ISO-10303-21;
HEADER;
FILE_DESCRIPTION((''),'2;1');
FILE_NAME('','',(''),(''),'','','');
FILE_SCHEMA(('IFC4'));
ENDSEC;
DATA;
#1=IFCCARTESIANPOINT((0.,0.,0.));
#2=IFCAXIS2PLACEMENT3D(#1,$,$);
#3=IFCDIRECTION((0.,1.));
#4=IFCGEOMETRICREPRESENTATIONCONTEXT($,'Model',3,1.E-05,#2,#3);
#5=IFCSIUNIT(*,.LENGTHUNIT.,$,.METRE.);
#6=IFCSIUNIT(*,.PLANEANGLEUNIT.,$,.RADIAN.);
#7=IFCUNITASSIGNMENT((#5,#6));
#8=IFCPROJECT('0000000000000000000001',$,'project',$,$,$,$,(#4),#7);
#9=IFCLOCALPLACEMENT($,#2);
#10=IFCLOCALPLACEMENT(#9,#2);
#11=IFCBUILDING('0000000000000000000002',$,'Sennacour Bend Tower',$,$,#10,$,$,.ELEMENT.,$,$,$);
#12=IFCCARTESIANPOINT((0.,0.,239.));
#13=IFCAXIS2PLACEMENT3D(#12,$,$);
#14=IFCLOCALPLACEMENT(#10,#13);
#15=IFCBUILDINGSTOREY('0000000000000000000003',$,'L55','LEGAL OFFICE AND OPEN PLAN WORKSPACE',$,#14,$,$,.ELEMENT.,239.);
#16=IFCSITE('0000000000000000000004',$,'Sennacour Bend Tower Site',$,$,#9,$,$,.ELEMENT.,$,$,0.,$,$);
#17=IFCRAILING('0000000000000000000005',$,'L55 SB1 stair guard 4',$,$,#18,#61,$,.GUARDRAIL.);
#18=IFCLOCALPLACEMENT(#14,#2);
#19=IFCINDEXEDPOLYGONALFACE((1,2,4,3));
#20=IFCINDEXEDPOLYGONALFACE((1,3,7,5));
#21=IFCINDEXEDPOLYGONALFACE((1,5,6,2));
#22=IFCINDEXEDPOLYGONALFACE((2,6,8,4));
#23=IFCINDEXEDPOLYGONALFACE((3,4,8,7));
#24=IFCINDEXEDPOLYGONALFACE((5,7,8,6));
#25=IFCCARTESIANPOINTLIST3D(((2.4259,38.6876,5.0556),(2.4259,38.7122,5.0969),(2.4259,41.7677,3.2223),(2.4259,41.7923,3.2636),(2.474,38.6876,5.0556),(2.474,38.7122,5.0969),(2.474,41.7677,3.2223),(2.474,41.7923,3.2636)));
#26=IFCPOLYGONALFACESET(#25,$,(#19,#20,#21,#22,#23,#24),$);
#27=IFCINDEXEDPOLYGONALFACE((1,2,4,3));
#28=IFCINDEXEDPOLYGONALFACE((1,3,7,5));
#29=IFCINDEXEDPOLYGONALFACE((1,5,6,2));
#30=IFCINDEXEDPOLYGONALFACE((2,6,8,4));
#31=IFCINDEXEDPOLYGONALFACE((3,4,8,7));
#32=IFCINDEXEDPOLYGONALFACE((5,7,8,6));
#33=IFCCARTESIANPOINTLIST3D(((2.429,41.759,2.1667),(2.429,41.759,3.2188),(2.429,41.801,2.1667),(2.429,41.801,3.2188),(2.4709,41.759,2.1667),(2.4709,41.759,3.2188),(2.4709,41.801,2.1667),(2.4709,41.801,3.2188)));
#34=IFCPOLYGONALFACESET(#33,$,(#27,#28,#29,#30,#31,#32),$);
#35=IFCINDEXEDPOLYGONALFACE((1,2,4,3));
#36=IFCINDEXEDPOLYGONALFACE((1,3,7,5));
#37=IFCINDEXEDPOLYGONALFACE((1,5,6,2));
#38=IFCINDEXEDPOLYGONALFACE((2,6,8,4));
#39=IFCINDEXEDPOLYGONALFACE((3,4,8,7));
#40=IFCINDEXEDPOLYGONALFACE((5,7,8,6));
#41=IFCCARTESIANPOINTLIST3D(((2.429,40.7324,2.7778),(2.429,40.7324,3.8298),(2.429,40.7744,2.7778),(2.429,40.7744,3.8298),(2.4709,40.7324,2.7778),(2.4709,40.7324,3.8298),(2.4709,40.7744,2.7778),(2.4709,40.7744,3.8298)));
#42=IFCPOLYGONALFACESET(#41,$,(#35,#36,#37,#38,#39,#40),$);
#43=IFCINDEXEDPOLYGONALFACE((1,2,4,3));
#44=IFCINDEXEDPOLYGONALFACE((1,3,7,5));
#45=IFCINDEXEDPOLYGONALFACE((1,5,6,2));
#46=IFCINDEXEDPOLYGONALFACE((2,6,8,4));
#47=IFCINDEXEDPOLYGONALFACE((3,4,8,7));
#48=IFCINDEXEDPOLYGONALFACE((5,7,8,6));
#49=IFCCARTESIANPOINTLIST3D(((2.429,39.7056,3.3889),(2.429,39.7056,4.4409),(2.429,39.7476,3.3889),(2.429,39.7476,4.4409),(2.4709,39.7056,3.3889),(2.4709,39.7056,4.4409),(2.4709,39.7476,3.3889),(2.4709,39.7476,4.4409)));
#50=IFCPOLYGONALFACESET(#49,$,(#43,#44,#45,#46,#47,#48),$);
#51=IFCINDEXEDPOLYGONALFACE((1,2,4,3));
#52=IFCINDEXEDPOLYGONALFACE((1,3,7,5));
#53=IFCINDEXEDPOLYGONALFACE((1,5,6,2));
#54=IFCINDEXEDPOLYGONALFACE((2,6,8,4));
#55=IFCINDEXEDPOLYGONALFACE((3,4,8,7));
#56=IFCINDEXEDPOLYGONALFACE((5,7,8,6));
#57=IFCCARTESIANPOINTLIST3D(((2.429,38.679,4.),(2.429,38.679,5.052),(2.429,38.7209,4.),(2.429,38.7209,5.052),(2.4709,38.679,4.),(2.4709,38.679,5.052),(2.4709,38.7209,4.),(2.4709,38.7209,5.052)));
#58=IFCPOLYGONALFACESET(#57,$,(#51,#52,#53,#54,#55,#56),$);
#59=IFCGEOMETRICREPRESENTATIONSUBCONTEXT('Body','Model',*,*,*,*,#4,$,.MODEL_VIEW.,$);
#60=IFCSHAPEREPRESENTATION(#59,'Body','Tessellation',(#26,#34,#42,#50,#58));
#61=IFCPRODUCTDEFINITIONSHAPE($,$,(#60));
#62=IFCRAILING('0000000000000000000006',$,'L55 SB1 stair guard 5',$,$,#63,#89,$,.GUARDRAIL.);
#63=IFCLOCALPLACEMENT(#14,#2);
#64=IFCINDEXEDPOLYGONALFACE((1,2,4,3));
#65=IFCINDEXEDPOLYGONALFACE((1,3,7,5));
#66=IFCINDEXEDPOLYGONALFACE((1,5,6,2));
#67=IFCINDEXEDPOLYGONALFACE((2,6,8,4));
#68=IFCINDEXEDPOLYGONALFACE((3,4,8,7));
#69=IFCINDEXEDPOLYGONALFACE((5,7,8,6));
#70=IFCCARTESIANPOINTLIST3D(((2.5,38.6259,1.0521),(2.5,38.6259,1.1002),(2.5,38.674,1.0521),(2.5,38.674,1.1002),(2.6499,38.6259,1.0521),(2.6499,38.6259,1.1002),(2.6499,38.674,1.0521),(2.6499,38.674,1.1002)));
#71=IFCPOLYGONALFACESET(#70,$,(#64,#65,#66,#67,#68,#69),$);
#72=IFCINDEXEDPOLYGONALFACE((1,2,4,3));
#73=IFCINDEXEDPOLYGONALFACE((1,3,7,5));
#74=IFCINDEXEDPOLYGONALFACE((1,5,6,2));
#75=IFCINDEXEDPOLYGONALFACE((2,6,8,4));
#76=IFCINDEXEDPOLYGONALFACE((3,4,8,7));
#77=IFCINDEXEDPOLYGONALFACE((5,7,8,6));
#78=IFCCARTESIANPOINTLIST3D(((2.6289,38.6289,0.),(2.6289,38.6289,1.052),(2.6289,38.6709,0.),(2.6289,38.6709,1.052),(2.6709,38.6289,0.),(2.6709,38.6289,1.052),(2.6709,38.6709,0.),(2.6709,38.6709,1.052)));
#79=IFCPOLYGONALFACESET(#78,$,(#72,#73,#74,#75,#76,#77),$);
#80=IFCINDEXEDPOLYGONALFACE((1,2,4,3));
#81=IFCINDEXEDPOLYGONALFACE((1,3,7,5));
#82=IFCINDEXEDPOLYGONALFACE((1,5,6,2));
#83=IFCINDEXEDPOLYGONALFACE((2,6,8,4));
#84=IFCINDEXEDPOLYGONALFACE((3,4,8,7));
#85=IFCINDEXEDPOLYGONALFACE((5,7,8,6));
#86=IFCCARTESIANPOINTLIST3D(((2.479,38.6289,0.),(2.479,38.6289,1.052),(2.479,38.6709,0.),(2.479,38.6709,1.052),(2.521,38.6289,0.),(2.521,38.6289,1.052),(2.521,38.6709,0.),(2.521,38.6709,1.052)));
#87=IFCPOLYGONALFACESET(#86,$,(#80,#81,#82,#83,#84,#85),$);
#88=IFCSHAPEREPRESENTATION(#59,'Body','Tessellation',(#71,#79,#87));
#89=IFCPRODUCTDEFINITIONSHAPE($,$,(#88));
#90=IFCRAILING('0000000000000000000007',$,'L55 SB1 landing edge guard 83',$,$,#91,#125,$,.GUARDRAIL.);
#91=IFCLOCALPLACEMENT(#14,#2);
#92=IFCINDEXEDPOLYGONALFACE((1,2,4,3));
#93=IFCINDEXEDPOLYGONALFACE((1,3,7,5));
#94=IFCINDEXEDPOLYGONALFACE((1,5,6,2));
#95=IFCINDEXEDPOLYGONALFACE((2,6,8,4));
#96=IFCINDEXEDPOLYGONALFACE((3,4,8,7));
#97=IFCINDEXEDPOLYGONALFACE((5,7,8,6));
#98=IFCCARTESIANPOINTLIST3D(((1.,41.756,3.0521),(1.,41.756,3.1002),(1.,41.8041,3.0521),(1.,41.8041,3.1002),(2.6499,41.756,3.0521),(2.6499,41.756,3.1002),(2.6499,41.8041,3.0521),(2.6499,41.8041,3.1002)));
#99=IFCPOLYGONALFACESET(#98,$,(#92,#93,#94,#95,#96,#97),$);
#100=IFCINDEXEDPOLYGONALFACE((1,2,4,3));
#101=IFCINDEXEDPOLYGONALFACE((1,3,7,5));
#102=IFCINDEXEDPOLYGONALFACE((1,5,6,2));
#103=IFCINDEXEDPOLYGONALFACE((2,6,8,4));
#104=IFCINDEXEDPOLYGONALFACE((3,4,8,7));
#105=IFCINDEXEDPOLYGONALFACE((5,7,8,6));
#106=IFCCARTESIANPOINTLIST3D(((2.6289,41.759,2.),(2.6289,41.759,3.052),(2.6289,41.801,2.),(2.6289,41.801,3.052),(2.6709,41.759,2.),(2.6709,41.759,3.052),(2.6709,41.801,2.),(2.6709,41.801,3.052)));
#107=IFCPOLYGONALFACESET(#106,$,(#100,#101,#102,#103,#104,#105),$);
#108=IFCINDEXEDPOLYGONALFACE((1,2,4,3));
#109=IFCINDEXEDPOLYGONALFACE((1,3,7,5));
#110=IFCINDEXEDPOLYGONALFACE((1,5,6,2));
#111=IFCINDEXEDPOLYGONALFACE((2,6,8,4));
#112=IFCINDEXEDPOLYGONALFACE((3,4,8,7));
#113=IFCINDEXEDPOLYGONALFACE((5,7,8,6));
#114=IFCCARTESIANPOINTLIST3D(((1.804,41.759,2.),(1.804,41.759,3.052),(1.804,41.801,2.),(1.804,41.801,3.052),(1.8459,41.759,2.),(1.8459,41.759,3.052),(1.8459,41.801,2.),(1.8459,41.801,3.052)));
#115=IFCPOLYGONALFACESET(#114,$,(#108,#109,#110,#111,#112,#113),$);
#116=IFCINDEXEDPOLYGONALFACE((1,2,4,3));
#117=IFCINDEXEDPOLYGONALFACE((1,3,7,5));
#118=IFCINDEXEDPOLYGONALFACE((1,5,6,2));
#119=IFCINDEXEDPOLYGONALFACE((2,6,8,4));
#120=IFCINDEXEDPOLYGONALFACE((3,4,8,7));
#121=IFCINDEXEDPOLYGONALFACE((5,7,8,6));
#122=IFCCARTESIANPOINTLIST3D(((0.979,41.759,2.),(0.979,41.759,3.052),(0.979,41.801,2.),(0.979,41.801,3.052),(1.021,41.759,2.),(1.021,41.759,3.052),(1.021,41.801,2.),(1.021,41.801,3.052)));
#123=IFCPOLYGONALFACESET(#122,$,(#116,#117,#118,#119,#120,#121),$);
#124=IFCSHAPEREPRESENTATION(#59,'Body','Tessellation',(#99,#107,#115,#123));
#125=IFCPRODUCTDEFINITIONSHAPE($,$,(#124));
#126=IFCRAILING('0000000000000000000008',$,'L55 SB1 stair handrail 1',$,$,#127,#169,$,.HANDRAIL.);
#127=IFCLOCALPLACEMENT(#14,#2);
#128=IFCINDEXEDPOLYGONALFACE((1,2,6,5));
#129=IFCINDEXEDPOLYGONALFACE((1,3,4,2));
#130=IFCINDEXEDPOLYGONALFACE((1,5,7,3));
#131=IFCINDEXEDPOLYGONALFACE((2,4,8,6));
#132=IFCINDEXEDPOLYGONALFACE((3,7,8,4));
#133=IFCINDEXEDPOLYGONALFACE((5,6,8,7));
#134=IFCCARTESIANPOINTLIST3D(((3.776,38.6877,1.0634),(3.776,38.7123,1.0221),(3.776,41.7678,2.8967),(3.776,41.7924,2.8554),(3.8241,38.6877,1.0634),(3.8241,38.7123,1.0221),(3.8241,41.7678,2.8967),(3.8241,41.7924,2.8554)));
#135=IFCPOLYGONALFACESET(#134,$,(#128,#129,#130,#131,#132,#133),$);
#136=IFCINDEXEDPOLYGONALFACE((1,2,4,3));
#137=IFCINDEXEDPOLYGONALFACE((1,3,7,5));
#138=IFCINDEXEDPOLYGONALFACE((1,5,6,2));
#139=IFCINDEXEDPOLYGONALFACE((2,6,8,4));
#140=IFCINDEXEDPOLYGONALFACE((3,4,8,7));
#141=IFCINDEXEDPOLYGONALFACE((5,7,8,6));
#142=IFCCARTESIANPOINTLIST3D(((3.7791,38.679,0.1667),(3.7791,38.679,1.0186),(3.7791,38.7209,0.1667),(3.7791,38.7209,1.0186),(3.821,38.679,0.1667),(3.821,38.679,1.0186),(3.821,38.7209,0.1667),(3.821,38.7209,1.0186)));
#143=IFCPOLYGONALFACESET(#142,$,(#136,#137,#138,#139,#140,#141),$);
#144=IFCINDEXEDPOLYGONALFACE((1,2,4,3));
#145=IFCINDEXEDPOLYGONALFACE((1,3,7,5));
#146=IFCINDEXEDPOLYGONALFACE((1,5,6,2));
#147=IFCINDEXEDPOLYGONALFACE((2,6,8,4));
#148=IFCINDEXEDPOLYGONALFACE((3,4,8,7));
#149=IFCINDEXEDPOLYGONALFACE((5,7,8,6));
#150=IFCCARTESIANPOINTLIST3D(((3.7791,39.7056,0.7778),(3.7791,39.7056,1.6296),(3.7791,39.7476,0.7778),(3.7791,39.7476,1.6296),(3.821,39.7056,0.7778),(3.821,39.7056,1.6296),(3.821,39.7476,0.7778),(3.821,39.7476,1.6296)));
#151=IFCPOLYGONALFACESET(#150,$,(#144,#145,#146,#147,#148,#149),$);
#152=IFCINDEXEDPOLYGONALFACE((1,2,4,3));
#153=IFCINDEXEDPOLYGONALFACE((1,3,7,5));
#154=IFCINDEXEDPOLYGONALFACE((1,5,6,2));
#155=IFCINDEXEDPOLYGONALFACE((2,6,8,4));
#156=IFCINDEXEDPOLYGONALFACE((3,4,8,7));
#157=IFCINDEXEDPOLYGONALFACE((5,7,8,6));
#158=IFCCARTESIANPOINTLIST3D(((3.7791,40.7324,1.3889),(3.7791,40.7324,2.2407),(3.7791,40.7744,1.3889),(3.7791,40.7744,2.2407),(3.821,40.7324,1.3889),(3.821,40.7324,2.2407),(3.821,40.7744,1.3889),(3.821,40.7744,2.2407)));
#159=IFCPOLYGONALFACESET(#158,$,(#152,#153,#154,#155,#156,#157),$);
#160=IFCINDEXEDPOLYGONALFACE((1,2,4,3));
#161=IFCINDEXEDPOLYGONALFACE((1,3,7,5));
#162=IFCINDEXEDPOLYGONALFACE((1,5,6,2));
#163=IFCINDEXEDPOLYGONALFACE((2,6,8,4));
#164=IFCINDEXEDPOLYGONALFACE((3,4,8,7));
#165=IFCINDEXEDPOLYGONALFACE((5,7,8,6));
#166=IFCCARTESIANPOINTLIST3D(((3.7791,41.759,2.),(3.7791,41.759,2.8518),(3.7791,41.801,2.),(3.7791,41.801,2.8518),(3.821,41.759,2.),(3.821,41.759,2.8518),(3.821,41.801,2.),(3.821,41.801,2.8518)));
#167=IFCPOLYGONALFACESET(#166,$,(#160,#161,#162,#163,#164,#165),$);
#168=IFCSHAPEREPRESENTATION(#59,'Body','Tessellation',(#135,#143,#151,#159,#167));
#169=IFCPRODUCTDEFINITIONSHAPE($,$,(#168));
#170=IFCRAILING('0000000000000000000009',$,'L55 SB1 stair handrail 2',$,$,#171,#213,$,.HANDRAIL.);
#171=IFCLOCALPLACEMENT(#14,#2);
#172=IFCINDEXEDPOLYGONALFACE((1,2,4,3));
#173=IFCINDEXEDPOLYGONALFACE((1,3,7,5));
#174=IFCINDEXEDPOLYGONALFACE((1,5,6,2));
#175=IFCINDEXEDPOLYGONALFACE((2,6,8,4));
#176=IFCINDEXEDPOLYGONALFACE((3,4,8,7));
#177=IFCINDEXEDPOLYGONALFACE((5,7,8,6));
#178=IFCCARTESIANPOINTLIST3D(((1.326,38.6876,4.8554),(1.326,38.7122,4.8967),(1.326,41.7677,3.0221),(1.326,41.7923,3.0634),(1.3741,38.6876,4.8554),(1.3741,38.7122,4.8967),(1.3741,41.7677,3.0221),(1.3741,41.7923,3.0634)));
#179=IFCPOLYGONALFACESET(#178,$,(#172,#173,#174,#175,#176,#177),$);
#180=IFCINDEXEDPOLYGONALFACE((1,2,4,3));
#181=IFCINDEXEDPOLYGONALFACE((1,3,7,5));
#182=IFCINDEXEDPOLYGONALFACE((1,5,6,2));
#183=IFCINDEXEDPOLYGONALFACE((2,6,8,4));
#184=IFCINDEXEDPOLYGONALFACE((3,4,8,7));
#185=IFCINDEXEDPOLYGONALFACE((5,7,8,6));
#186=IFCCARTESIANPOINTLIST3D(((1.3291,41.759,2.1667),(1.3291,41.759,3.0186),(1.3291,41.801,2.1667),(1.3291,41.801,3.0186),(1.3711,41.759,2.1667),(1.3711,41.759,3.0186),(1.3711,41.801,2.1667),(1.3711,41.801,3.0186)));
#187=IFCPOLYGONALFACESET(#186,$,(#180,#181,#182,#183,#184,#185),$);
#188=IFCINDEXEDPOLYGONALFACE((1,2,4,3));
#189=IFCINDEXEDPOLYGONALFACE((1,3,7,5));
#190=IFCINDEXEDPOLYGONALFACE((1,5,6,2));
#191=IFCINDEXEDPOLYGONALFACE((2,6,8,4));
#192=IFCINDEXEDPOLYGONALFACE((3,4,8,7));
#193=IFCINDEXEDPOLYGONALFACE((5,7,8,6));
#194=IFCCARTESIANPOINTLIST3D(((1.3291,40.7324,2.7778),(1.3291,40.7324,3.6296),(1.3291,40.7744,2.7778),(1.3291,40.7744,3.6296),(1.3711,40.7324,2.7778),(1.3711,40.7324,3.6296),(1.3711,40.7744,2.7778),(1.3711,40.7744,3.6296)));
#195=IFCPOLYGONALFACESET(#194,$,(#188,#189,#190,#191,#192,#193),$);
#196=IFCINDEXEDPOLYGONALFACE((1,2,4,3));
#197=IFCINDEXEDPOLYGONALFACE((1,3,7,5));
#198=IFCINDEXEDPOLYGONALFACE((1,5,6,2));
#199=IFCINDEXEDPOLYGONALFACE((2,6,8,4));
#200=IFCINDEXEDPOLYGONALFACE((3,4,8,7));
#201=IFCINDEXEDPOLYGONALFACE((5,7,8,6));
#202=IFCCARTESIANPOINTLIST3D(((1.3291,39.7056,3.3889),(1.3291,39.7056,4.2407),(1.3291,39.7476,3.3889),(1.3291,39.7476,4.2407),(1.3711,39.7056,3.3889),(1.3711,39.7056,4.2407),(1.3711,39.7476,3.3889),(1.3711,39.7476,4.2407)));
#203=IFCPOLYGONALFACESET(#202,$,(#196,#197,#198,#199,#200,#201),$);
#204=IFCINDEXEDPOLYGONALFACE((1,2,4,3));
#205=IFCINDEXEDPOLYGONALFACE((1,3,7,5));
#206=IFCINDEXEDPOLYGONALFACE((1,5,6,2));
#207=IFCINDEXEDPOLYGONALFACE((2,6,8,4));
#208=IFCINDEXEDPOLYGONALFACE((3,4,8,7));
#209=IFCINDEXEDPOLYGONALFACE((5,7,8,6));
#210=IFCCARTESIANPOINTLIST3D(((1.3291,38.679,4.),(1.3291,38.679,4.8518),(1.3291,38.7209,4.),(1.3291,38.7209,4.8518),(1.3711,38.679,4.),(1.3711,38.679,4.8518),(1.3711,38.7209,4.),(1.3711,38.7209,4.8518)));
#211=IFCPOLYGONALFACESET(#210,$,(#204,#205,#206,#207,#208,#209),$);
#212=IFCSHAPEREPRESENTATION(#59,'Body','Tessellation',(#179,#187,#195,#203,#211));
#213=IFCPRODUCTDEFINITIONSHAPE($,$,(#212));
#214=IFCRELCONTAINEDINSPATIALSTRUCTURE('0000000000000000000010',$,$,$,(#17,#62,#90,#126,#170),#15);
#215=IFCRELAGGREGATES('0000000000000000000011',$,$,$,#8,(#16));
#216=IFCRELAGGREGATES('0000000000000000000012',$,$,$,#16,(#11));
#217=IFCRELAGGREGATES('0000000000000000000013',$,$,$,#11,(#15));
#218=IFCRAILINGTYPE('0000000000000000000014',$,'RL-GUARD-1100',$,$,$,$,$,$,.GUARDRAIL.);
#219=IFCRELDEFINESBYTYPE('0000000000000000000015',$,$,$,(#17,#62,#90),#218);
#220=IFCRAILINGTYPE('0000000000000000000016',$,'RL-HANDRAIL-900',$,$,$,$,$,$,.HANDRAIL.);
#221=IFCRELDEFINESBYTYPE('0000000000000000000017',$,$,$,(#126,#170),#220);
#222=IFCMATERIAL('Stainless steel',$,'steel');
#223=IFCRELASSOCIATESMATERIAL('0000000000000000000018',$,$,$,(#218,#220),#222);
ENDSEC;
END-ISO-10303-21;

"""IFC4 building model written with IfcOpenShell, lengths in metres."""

from ifc_helpers import new_model, si_unit, direction, frame, origin, origin_2d, place, context, subcontext, project, spatial, rectangle, extrude, material, type_object, element, save


model = new_model("IFC4")

# Units and contexts
model_context = context("Model", 3, precision=1e-05, world=origin(), true_north=direction((0.0, 1.0)))
body_context = subcontext(model_context, "Body", "Model", "MODEL_VIEW")
ifc_project = project(units=[si_unit("LENGTHUNIT", "METRE"), si_unit("PLANEANGLEUNIT", "RADIAN")], contexts=[model_context])

# Site, building, storey
site_placement = place(None, origin())
site = spatial("IfcSite", under=ifc_project, at=site_placement, Name="Sennacour Bend Tower Site", CompositionType="ELEMENT", RefElevation=0.0)
building_placement = place(site_placement, origin())
building = spatial("IfcBuilding", under=site, at=building_placement, Name="Sennacour Bend Tower", CompositionType="ELEMENT")
storey_placement = place(building_placement, frame((0.0, 0.0, 239.0)))
storey = spatial("IfcBuildingStorey", under=building, at=storey_placement, Name="L55", Description="LEGAL OFFICE AND OPEN PLAN WORKSPACE", CompositionType="ELEMENT", Elevation=239.0)

# Shared definitions
ifc_material_1 = material(Name="Stainless steel", Category="steel")

# Railings
railing_type_1 = type_object("IfcRailingType", Name="RL-GUARD-1100", PredefinedType="GUARDRAIL", material=ifc_material_1)
railing_1_placement = place(storey_placement, frame((2.45, 41.78, 2.1667)))
element("IfcRailing", 1, at=railing_1_placement, inside=storey, type_object=railing_type_1, Name="L55 SB1 stair guard 4", PredefinedType="GUARDRAIL", context=body_context, shape_type="SweptSolid", body=[
    extrude(rectangle(XDim=0.0481, YDim=0.0481, at=origin_2d()), frame((0.0, 0.0, 1.0762), z_axis=(0.0, -0.859309, 0.511458), x_axis=(1.0, 0.0, 0.0)), (0.0, 0.0, 1.0), 3.5845),
    extrude(rectangle(XDim=0.042, YDim=0.042, at=origin_2d()), origin(), (0.0, 0.0, 1.0), 1.052),
    extrude(rectangle(XDim=0.042, YDim=0.042, at=origin_2d()), frame((0.0, -1.0266, 0.6111)), (0.0, 0.0, 1.0), 1.052),
    extrude(rectangle(XDim=0.042, YDim=0.042, at=origin_2d()), frame((0.0, -2.0535, 1.2222)), (0.0, 0.0, 1.0), 1.052),
    extrude(rectangle(XDim=0.042, YDim=0.042, at=origin_2d()), frame((0.0, -3.0801, 1.8333)), (0.0, 0.0, 1.0), 1.052),
])
railing_2_placement = place(storey_placement, frame((2.6499, 38.6499, 0.0)))
element("IfcRailing", 2, at=railing_2_placement, inside=storey, type_object=railing_type_1, Name="L55 SB1 stair guard 5", PredefinedType="GUARDRAIL", context=body_context, shape_type="SweptSolid", body=[
    extrude(rectangle(XDim=0.0481, YDim=0.0481, at=origin_2d()), frame((0.0, 0.0, 1.0762), z_axis=(-1.0, 0.0, 0.0), x_axis=(0.0, -1.0, 0.0)), (0.0, 0.0, 1.0), 0.1499),
    extrude(rectangle(XDim=0.042, YDim=0.042, at=origin_2d()), origin(), (0.0, 0.0, 1.0), 1.052),
    extrude(rectangle(XDim=0.042, YDim=0.042, at=origin_2d()), frame((-0.1499, 0.0, 0.0)), (0.0, 0.0, 1.0), 1.052),
])
railing_3_placement = place(storey_placement, frame((2.6499, 41.78, 2.0)))
element("IfcRailing", 3, at=railing_3_placement, inside=storey, type_object=railing_type_1, Name="L55 SB1 landing edge guard 83", PredefinedType="GUARDRAIL", context=body_context, shape_type="SweptSolid", body=[
    extrude(rectangle(XDim=0.0481, YDim=0.0481, at=origin_2d()), frame((0.0, 0.0, 1.0762), z_axis=(-1.0, 0.0, 0.0), x_axis=(0.0, -1.0, 0.0)), (0.0, 0.0, 1.0), 1.6499),
    extrude(rectangle(XDim=0.042, YDim=0.042, at=origin_2d()), origin(), (0.0, 0.0, 1.0), 1.052),
    extrude(rectangle(XDim=0.042, YDim=0.042, at=origin_2d()), frame((-0.825, 0.0, 0.0)), (0.0, 0.0, 1.0), 1.052),
    extrude(rectangle(XDim=0.042, YDim=0.042, at=origin_2d()), frame((-1.6499, 0.0, 0.0)), (0.0, 0.0, 1.0), 1.052),
])
railing_type_2 = type_object("IfcRailingType", Name="RL-HANDRAIL-900", PredefinedType="HANDRAIL", material=ifc_material_1)
railing_4_placement = place(storey_placement, frame((3.8, 38.7, 0.1667)))
element("IfcRailing", 4, at=railing_4_placement, inside=storey, type_object=railing_type_2, Name="L55 SB1 stair handrail 1", PredefinedType="HANDRAIL", context=body_context, shape_type="SweptSolid", body=[
    extrude(rectangle(XDim=0.0481, YDim=0.0481, at=origin_2d()), frame((0.0, 0.0, 0.876), z_axis=(0.0, 0.859309, 0.511458), x_axis=(-1.0, 0.0, 0.0)), (0.0, 0.0, 1.0), 3.5845),
    extrude(rectangle(XDim=0.042, YDim=0.042, at=origin_2d()), origin(), (0.0, 0.0, 1.0), 0.8518),
    extrude(rectangle(XDim=0.042, YDim=0.042, at=origin_2d()), frame((0.0, 1.0266, 0.6111)), (0.0, 0.0, 1.0), 0.8518),
    extrude(rectangle(XDim=0.042, YDim=0.042, at=origin_2d()), frame((0.0, 2.0535, 1.2222)), (0.0, 0.0, 1.0), 0.8518),
    extrude(rectangle(XDim=0.042, YDim=0.042, at=origin_2d()), frame((0.0, 3.0801, 1.8333)), (0.0, 0.0, 1.0), 0.8518),
])
railing_5_placement = place(storey_placement, frame((1.3501, 41.78, 2.1667)))
element("IfcRailing", 5, at=railing_5_placement, inside=storey, type_object=railing_type_2, Name="L55 SB1 stair handrail 2", PredefinedType="HANDRAIL", context=body_context, shape_type="SweptSolid", body=[
    extrude(rectangle(XDim=0.0481, YDim=0.0481, at=origin_2d()), frame((0.0, 0.0, 0.876), z_axis=(0.0, -0.859309, 0.511458), x_axis=(1.0, 0.0, 0.0)), (0.0, 0.0, 1.0), 3.5845),
    extrude(rectangle(XDim=0.042, YDim=0.042, at=origin_2d()), origin(), (0.0, 0.0, 1.0), 0.8518),
    extrude(rectangle(XDim=0.042, YDim=0.042, at=origin_2d()), frame((0.0, -1.0266, 0.6111)), (0.0, 0.0, 1.0), 0.8518),
    extrude(rectangle(XDim=0.042, YDim=0.042, at=origin_2d()), frame((0.0, -2.0535, 1.2222)), (0.0, 0.0, 1.0), 0.8518),
    extrude(rectangle(XDim=0.042, YDim=0.042, at=origin_2d()), frame((0.0, -3.0801, 1.8333)), (0.0, 0.0, 1.0), 0.8518),
])

save(model, "model.ifc")
